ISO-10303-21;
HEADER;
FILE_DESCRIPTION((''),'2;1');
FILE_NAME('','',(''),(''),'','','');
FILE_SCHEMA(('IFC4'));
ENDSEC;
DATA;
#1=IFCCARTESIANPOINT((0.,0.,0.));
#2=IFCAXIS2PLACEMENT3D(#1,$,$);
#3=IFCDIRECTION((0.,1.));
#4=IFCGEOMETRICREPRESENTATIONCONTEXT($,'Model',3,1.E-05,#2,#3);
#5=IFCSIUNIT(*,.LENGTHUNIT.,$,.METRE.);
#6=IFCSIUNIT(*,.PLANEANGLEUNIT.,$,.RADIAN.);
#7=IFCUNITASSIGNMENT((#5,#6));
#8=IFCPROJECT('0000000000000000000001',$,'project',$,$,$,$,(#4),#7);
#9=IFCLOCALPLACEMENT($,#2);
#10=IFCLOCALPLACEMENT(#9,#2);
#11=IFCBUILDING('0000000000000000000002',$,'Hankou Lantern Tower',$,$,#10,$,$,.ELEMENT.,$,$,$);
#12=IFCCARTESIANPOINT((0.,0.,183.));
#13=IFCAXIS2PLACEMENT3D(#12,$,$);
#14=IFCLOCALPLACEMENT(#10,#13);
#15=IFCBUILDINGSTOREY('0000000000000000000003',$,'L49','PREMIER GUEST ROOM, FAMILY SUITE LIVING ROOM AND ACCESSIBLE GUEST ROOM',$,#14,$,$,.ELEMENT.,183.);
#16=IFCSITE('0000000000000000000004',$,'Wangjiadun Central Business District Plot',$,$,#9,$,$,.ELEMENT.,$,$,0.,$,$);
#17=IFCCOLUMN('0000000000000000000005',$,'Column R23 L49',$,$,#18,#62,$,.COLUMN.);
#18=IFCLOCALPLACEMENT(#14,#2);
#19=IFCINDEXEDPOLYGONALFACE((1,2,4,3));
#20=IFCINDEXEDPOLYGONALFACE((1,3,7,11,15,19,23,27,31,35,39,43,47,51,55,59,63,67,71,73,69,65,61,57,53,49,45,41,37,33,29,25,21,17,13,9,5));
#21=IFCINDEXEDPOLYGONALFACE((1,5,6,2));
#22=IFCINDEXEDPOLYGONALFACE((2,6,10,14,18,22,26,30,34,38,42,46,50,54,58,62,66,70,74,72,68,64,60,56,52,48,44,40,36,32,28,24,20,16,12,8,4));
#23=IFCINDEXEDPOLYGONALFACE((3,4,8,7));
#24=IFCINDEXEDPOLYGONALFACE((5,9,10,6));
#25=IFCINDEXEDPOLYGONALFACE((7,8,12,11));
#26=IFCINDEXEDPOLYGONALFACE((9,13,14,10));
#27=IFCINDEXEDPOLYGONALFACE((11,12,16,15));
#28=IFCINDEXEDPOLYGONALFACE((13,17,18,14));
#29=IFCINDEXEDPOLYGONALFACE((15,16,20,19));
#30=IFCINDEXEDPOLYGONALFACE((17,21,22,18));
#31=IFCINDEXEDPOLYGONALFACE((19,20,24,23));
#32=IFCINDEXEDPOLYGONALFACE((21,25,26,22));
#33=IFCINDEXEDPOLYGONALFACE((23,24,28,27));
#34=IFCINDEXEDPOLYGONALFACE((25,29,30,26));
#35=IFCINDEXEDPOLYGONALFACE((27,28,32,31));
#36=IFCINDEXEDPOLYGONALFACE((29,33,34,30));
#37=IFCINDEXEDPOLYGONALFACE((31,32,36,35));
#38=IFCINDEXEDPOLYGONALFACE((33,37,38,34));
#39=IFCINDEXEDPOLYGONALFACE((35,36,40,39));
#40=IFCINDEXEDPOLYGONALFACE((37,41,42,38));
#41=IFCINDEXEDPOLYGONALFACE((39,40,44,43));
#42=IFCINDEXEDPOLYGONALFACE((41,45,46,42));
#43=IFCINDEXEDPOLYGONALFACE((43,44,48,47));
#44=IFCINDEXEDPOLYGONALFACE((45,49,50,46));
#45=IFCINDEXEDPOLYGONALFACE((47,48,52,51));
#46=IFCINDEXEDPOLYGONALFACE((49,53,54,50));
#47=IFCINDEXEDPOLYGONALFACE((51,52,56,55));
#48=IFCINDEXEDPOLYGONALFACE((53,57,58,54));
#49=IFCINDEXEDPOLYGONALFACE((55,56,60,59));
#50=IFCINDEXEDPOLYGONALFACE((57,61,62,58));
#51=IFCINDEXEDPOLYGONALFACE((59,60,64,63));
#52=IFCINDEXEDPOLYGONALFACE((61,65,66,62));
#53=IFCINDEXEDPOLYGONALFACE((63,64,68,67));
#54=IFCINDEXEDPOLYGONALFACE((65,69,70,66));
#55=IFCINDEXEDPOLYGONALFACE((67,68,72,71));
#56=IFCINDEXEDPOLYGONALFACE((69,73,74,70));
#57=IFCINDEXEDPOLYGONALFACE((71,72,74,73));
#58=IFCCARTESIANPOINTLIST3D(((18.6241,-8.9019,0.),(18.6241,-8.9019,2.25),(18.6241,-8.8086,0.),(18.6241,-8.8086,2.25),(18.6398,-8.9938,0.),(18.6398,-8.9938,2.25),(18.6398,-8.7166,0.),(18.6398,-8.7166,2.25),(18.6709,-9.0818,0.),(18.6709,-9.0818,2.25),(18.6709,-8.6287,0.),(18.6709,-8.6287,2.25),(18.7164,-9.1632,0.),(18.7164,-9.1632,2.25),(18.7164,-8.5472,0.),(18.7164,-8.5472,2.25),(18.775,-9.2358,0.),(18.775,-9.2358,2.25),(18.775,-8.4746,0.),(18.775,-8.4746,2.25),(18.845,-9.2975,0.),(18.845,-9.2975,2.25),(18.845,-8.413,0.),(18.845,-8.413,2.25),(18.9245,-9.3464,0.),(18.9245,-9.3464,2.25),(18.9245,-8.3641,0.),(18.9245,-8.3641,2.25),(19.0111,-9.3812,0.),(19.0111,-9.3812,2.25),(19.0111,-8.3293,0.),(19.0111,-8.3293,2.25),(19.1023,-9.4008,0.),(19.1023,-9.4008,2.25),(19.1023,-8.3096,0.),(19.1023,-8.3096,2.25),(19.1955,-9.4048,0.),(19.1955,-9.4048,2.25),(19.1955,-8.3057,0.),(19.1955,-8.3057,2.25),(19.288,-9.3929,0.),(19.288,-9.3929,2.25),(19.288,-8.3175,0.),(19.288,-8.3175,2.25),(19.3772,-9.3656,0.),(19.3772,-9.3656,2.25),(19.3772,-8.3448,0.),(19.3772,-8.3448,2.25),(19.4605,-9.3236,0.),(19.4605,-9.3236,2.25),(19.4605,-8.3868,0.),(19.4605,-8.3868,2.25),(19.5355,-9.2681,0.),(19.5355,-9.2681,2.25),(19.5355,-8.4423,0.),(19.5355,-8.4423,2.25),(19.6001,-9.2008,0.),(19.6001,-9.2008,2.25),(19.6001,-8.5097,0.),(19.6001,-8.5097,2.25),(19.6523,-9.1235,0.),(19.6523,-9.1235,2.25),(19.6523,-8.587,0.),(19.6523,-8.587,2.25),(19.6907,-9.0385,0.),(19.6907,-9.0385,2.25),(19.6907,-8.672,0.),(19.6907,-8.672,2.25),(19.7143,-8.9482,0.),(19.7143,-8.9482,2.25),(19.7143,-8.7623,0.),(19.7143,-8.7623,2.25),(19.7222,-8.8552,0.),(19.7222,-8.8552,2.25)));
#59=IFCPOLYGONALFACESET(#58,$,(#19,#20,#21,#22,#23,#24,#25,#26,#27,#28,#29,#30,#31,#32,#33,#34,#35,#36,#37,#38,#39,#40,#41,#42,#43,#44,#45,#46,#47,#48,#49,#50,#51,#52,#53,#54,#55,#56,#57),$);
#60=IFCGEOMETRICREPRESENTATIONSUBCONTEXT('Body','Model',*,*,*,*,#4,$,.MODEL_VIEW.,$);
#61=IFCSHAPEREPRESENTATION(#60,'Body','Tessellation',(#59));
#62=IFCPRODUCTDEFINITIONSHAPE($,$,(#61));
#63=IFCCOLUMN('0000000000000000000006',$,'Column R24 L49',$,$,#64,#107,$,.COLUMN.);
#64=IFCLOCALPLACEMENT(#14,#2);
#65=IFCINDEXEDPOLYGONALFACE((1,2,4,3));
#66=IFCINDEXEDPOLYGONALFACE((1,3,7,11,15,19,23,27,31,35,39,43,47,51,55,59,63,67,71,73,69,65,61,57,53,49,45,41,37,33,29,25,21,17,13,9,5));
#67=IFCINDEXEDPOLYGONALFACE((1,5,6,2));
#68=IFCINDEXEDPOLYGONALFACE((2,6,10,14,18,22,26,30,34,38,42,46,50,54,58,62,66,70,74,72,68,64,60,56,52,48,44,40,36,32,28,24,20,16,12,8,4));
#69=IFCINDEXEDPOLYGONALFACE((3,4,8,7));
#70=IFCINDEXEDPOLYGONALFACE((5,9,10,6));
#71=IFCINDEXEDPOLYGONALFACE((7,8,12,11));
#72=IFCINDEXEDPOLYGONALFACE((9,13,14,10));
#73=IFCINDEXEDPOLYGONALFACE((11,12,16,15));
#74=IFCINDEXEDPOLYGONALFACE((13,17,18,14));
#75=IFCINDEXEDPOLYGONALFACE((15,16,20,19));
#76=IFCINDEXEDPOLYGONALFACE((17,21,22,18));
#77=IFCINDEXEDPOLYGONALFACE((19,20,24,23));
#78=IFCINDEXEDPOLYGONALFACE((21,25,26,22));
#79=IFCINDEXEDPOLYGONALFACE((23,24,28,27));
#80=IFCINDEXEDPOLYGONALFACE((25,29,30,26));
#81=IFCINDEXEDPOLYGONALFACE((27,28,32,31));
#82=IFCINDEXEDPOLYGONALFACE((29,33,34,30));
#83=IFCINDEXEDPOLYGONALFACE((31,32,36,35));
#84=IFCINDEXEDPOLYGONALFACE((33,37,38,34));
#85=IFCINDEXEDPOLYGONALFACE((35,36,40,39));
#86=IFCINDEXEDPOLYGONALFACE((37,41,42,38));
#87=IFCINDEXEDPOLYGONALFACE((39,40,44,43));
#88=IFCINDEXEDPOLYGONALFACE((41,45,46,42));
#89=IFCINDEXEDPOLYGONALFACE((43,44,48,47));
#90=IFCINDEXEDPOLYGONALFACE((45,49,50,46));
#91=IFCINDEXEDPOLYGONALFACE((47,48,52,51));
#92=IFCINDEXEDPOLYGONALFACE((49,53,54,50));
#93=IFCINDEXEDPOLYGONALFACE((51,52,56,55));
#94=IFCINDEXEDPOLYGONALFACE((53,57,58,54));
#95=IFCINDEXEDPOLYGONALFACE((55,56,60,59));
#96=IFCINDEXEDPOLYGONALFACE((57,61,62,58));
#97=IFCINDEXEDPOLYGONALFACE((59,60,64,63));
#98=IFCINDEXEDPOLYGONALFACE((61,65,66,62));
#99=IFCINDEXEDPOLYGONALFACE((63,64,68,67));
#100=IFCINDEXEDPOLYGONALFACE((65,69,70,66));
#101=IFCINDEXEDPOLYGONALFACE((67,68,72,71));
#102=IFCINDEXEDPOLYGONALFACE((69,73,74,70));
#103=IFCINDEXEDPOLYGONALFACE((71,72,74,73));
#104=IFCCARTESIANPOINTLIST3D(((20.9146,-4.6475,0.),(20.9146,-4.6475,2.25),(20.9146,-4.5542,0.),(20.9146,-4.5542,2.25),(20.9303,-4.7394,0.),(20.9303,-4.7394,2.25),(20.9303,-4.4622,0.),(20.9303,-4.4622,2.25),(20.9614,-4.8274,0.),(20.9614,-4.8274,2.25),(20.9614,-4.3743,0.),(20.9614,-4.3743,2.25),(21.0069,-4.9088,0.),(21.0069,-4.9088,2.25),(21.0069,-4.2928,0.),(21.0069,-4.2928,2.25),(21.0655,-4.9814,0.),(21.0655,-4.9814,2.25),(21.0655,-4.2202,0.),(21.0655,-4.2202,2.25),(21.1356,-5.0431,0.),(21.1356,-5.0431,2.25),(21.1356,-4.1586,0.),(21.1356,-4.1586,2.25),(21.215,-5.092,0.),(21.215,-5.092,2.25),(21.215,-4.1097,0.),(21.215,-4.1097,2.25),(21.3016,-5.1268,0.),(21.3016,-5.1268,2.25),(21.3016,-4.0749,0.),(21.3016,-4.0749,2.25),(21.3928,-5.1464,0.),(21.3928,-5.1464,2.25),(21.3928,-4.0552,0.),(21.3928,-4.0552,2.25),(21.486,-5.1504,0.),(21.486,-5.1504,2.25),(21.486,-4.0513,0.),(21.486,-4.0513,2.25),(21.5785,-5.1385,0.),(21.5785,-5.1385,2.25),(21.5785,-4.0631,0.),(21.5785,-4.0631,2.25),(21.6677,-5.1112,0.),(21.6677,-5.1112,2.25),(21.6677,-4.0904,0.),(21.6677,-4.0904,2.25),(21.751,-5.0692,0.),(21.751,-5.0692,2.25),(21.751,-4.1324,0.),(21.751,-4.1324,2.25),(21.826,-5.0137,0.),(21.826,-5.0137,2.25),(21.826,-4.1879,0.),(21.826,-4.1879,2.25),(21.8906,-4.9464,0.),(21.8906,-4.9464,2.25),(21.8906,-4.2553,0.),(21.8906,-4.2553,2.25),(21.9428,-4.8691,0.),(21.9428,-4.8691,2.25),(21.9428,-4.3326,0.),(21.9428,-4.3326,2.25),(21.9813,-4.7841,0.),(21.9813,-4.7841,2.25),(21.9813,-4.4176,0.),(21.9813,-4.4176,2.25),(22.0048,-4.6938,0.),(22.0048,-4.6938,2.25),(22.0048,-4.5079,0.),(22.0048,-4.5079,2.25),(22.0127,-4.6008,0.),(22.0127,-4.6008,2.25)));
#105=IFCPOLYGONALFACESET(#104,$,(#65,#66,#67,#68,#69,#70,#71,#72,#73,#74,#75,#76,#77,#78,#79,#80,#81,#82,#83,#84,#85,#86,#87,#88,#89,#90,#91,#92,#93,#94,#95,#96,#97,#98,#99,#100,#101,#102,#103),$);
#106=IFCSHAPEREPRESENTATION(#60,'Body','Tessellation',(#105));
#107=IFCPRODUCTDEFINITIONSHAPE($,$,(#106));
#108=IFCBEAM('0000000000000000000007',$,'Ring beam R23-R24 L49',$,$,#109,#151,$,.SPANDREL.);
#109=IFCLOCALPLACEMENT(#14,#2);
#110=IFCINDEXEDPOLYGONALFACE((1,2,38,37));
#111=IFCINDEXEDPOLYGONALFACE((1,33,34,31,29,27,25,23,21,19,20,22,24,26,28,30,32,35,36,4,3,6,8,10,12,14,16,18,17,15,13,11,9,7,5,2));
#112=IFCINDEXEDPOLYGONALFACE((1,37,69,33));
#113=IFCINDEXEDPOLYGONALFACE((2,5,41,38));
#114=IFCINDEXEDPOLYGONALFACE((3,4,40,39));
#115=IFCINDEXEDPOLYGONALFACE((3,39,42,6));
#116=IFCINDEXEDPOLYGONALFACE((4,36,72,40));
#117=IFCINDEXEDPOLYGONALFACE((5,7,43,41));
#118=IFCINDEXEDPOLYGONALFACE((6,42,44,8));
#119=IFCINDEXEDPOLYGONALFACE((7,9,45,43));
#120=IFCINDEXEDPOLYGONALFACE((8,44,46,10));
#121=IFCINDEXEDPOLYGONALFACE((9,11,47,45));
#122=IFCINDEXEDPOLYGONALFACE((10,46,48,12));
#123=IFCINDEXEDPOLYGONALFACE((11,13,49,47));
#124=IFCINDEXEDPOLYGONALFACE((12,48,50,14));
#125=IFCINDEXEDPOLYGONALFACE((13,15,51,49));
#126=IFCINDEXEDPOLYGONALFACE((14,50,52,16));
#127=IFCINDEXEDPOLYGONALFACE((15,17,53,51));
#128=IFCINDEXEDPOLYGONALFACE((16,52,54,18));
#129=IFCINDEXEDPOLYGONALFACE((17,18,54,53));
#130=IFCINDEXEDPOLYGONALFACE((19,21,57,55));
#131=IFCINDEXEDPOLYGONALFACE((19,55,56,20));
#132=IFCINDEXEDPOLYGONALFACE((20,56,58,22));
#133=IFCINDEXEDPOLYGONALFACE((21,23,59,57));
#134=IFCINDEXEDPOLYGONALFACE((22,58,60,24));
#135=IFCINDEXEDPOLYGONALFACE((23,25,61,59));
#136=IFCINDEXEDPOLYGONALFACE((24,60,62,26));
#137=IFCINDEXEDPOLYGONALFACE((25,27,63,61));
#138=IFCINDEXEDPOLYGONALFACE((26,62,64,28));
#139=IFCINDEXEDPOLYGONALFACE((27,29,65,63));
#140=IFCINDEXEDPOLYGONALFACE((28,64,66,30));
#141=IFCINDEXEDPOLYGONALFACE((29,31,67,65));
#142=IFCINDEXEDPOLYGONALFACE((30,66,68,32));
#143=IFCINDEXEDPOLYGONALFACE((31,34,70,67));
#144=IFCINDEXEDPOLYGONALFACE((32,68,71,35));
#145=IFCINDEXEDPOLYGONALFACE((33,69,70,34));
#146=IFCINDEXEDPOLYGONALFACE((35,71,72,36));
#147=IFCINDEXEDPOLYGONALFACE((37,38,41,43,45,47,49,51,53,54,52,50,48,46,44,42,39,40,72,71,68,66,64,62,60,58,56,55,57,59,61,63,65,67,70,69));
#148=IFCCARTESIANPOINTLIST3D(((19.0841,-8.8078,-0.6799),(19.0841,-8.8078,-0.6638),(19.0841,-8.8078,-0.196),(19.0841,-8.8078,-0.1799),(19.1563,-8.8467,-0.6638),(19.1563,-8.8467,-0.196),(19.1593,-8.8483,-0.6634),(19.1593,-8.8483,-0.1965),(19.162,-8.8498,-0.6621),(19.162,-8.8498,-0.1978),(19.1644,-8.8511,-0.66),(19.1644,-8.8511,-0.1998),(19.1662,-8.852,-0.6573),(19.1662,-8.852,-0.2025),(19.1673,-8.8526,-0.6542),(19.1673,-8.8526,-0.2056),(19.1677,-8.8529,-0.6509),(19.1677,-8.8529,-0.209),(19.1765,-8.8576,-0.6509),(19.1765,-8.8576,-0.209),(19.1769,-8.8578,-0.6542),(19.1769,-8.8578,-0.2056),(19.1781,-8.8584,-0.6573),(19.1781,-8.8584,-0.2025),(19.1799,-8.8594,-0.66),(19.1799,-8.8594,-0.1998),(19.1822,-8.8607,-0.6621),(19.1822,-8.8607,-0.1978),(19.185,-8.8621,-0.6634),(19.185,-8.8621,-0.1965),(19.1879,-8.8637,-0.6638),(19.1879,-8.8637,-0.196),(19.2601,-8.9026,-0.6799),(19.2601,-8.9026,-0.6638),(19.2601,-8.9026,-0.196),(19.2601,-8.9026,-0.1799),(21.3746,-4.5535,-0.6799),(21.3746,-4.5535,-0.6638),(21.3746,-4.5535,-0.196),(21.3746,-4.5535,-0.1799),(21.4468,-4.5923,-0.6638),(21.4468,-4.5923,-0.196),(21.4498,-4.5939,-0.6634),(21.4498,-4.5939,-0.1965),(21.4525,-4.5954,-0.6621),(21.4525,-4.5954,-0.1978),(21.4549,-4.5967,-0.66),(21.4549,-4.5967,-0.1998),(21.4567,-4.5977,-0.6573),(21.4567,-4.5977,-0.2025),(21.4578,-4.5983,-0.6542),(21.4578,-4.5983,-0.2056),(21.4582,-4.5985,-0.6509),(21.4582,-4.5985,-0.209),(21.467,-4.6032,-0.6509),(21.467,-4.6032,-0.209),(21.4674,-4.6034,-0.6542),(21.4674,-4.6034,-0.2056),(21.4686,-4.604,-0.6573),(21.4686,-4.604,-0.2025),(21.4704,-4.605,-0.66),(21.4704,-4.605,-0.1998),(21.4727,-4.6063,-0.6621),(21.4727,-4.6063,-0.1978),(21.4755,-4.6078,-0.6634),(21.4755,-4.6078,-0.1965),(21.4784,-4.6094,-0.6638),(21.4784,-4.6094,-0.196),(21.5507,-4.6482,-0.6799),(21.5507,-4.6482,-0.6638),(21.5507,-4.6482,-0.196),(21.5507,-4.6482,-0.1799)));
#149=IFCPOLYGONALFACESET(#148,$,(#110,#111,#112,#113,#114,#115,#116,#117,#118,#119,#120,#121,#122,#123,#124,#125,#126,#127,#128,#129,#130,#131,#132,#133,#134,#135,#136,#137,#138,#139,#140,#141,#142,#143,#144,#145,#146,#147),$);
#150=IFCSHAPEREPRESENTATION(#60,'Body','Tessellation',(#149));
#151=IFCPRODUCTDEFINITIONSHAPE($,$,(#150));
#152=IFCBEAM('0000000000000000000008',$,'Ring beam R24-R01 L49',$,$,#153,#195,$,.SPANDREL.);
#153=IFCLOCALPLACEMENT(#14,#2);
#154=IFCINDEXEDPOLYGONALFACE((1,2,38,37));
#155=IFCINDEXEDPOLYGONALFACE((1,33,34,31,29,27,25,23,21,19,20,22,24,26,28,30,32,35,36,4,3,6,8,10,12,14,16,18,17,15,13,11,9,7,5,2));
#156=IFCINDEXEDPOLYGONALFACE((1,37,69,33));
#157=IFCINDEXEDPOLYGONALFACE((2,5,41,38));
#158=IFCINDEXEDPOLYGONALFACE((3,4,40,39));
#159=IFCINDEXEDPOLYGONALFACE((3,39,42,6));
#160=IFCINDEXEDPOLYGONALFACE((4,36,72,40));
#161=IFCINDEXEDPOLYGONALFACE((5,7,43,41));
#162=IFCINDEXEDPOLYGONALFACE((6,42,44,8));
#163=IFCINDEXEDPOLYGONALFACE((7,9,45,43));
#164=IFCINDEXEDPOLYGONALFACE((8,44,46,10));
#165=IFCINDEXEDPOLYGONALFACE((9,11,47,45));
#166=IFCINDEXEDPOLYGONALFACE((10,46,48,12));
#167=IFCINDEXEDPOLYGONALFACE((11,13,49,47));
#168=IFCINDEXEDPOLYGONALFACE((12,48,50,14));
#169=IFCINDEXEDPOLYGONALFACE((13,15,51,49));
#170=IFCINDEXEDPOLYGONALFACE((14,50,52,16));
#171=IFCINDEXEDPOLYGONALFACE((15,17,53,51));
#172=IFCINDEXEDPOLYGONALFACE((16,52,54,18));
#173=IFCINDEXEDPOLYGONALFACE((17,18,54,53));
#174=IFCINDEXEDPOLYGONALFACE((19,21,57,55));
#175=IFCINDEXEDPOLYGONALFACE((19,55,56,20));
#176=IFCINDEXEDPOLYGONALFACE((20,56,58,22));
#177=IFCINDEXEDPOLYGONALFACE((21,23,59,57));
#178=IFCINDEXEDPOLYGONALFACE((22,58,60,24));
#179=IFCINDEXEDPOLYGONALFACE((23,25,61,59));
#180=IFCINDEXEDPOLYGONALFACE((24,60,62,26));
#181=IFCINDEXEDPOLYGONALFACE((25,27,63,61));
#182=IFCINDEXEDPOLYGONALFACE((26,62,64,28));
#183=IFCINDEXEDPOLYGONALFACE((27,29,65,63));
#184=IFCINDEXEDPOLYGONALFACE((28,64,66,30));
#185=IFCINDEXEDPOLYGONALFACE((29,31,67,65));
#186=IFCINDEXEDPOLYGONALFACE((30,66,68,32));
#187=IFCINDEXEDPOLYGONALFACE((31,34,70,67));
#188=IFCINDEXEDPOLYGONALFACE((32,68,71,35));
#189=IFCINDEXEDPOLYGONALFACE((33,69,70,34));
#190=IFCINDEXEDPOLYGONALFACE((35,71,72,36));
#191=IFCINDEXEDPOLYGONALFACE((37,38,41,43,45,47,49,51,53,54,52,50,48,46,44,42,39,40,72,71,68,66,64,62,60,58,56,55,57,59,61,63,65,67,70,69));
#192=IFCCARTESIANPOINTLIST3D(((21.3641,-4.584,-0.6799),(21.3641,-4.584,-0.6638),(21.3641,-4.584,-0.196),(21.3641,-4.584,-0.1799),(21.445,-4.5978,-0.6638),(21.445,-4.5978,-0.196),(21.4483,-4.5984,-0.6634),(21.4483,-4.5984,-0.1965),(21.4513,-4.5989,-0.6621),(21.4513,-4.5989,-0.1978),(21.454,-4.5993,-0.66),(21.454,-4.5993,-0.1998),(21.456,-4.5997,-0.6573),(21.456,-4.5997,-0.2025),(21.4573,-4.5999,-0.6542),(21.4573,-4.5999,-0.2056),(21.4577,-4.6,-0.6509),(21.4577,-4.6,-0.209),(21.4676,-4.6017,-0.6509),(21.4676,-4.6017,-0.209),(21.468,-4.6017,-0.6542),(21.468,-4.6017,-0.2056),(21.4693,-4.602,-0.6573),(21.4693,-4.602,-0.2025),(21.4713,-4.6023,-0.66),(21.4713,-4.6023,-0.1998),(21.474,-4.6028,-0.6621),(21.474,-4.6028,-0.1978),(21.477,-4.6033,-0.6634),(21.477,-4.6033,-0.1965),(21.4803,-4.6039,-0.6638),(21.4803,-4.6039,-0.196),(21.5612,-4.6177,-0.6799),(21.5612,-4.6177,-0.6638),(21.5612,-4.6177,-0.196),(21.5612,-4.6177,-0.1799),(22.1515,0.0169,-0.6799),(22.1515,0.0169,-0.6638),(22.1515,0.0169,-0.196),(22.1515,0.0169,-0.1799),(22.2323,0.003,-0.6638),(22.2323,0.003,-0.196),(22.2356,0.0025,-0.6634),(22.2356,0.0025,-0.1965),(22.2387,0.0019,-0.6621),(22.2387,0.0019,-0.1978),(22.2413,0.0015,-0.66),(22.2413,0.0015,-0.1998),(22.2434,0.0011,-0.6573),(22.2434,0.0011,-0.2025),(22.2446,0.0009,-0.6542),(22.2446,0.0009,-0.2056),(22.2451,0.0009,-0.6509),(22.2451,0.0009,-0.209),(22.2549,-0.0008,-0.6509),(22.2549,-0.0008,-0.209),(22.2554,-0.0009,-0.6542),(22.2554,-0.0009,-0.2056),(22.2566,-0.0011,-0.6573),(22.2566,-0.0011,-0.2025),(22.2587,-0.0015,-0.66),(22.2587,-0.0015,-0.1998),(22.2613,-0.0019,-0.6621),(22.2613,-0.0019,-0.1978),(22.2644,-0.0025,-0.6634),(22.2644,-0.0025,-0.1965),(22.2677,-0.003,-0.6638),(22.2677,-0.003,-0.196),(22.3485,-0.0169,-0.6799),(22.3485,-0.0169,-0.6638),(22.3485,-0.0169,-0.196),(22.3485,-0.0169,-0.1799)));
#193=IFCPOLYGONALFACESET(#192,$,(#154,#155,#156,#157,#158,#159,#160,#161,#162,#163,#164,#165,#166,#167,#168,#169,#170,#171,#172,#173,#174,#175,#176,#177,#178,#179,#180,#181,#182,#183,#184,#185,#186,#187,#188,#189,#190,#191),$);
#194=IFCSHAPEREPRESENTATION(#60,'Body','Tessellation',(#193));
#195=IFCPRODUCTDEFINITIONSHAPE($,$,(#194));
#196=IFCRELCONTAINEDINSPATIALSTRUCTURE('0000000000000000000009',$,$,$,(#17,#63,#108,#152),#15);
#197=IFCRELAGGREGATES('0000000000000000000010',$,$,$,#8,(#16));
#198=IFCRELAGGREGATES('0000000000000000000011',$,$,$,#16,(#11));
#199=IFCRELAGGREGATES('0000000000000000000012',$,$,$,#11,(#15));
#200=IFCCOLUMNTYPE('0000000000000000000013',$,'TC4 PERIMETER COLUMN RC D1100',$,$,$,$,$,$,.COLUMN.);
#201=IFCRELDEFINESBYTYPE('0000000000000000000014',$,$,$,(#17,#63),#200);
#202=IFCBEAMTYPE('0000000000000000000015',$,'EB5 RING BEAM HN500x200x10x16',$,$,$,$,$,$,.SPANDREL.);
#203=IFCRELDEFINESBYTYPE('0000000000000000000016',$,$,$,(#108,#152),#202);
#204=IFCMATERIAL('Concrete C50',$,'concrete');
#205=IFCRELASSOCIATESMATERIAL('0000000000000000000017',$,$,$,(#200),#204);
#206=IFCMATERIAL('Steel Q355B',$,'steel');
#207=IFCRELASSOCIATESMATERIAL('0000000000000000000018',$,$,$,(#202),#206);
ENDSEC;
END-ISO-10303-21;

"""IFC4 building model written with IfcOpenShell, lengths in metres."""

from ifc_helpers import new_model, si_unit, direction, frame, origin, origin_2d, place, context, subcontext, project, spatial, circle, i_section, extrude, clip, halfspace, material, material_profile, profile_set, type_object, element, save


model = new_model("IFC4")

# Units and contexts
model_context = context("Model", 3, precision=1e-05, world=origin(), true_north=direction((0.0, 1.0)))
body_context = subcontext(model_context, "Body", "Model", "MODEL_VIEW")
ifc_project = project(units=[si_unit("LENGTHUNIT", "METRE"), si_unit("PLANEANGLEUNIT", "RADIAN")], contexts=[model_context])

# Site, building, storey
site_placement = place(None, origin())
site = spatial("IfcSite", under=ifc_project, at=site_placement, Name="Wangjiadun Central Business District Plot", CompositionType="ELEMENT", RefElevation=0.0)
building_placement = place(site_placement, origin())
building = spatial("IfcBuilding", under=site, at=building_placement, Name="Hankou Lantern Tower", CompositionType="ELEMENT")
storey_placement = place(building_placement, frame((0.0, 0.0, 183.0)))
storey = spatial("IfcBuildingStorey", under=building, at=storey_placement, Name="L49", Description="PREMIER GUEST ROOM, FAMILY SUITE LIVING ROOM AND ACCESSIBLE GUEST ROOM", CompositionType="ELEMENT", Elevation=183.0)

# Columns
ifc_material_1 = material(Name="Concrete C50", Category="concrete")
ifc_material_profile_1 = material_profile(ifc_material_1, circle(Radius=0.55, at=origin_2d()), Name="RC D1100")
ifc_profile_set_1 = profile_set([ifc_material_profile_1], Name="Concrete C50")
column_type = type_object("IfcColumnType", Name="TC4 PERIMETER COLUMN RC D1100", PredefinedType="COLUMN", material=ifc_profile_set_1)
for number, where, z_axis, x_axis, name in (
    (1, (19.1721, -8.8552, 0.0), (0.0, 0.0, 1.0), (1.0, 0.0, 0.0), "Column R23 L49"),
    (2, (21.4626, -4.6008, 0.0), (0.0, 0.0, 1.0), (1.0, 0.0, 0.0), "Column R24 L49"),
):
    element("IfcColumn", number, at=place(storey_placement, frame(where, z_axis=z_axis, x_axis=x_axis)), inside=storey, type_object=column_type, Name=name, PredefinedType="COLUMN", context=body_context, shape_type="Clipping", body=[
        clip(extrude(circle(Radius=0.55, at=origin_2d()), origin(), (0.0, 0.0, 1.0), 3.3), halfspace(frame((0.0, 0.0, 2.25), z_axis=(0.0, 0.0, 1.0), x_axis=(1.0, 0.0, 0.0)), False)),
    ])

# Beams
ifc_material_2 = material(Name="Steel Q355B", Category="steel")
ifc_material_profile_2 = material_profile(ifc_material_2, i_section(OverallWidth=0.2, OverallDepth=0.5, WebThickness=0.01, FlangeThickness=0.0161, FilletRadius=0.0129, at=origin_2d()), Name="HN500x200x10x16")
ifc_profile_set_2 = profile_set([ifc_material_profile_2], Name="Steel Q355B")
beam_type = type_object("IfcBeamType", Name="EB5 RING BEAM HN500x200x10x16", PredefinedType="SPANDREL", material=ifc_profile_set_2)
beam_1_placement = place(storey_placement, frame((19.1721, -8.8552, -0.4299), z_axis=(0.474052, 0.880497, 0.0), x_axis=(-0.880497, 0.474052, 0.0)))
element("IfcBeam", 3, at=beam_1_placement, inside=storey, type_object=beam_type, Name="Ring beam R23-R24 L49", PredefinedType="SPANDREL", context=body_context, shape_type="SweptSolid", body=[
    extrude(i_section(OverallWidth=0.2, OverallDepth=0.5, WebThickness=0.01, FlangeThickness=0.0161, FilletRadius=0.0129, at=origin_2d()), origin(), (0.0, 0.0, 1.0), 4.8318),
])
beam_2_placement = place(storey_placement, frame((21.4626, -4.6008, -0.4299), z_axis=(0.168681, 0.985671, 0.0), x_axis=(-0.985671, 0.168681, 0.0)))
element("IfcBeam", 4, at=beam_2_placement, inside=storey, type_object=beam_type, Name="Ring beam R24-R01 L49", PredefinedType="SPANDREL", context=body_context, shape_type="SweptSolid", body=[
    extrude(i_section(OverallWidth=0.2, OverallDepth=0.5, WebThickness=0.01, FlangeThickness=0.0161, FilletRadius=0.0129, at=origin_2d()), origin(), (0.0, 0.0, 1.0), 4.6677),
])

save(model, "model.ifc")
